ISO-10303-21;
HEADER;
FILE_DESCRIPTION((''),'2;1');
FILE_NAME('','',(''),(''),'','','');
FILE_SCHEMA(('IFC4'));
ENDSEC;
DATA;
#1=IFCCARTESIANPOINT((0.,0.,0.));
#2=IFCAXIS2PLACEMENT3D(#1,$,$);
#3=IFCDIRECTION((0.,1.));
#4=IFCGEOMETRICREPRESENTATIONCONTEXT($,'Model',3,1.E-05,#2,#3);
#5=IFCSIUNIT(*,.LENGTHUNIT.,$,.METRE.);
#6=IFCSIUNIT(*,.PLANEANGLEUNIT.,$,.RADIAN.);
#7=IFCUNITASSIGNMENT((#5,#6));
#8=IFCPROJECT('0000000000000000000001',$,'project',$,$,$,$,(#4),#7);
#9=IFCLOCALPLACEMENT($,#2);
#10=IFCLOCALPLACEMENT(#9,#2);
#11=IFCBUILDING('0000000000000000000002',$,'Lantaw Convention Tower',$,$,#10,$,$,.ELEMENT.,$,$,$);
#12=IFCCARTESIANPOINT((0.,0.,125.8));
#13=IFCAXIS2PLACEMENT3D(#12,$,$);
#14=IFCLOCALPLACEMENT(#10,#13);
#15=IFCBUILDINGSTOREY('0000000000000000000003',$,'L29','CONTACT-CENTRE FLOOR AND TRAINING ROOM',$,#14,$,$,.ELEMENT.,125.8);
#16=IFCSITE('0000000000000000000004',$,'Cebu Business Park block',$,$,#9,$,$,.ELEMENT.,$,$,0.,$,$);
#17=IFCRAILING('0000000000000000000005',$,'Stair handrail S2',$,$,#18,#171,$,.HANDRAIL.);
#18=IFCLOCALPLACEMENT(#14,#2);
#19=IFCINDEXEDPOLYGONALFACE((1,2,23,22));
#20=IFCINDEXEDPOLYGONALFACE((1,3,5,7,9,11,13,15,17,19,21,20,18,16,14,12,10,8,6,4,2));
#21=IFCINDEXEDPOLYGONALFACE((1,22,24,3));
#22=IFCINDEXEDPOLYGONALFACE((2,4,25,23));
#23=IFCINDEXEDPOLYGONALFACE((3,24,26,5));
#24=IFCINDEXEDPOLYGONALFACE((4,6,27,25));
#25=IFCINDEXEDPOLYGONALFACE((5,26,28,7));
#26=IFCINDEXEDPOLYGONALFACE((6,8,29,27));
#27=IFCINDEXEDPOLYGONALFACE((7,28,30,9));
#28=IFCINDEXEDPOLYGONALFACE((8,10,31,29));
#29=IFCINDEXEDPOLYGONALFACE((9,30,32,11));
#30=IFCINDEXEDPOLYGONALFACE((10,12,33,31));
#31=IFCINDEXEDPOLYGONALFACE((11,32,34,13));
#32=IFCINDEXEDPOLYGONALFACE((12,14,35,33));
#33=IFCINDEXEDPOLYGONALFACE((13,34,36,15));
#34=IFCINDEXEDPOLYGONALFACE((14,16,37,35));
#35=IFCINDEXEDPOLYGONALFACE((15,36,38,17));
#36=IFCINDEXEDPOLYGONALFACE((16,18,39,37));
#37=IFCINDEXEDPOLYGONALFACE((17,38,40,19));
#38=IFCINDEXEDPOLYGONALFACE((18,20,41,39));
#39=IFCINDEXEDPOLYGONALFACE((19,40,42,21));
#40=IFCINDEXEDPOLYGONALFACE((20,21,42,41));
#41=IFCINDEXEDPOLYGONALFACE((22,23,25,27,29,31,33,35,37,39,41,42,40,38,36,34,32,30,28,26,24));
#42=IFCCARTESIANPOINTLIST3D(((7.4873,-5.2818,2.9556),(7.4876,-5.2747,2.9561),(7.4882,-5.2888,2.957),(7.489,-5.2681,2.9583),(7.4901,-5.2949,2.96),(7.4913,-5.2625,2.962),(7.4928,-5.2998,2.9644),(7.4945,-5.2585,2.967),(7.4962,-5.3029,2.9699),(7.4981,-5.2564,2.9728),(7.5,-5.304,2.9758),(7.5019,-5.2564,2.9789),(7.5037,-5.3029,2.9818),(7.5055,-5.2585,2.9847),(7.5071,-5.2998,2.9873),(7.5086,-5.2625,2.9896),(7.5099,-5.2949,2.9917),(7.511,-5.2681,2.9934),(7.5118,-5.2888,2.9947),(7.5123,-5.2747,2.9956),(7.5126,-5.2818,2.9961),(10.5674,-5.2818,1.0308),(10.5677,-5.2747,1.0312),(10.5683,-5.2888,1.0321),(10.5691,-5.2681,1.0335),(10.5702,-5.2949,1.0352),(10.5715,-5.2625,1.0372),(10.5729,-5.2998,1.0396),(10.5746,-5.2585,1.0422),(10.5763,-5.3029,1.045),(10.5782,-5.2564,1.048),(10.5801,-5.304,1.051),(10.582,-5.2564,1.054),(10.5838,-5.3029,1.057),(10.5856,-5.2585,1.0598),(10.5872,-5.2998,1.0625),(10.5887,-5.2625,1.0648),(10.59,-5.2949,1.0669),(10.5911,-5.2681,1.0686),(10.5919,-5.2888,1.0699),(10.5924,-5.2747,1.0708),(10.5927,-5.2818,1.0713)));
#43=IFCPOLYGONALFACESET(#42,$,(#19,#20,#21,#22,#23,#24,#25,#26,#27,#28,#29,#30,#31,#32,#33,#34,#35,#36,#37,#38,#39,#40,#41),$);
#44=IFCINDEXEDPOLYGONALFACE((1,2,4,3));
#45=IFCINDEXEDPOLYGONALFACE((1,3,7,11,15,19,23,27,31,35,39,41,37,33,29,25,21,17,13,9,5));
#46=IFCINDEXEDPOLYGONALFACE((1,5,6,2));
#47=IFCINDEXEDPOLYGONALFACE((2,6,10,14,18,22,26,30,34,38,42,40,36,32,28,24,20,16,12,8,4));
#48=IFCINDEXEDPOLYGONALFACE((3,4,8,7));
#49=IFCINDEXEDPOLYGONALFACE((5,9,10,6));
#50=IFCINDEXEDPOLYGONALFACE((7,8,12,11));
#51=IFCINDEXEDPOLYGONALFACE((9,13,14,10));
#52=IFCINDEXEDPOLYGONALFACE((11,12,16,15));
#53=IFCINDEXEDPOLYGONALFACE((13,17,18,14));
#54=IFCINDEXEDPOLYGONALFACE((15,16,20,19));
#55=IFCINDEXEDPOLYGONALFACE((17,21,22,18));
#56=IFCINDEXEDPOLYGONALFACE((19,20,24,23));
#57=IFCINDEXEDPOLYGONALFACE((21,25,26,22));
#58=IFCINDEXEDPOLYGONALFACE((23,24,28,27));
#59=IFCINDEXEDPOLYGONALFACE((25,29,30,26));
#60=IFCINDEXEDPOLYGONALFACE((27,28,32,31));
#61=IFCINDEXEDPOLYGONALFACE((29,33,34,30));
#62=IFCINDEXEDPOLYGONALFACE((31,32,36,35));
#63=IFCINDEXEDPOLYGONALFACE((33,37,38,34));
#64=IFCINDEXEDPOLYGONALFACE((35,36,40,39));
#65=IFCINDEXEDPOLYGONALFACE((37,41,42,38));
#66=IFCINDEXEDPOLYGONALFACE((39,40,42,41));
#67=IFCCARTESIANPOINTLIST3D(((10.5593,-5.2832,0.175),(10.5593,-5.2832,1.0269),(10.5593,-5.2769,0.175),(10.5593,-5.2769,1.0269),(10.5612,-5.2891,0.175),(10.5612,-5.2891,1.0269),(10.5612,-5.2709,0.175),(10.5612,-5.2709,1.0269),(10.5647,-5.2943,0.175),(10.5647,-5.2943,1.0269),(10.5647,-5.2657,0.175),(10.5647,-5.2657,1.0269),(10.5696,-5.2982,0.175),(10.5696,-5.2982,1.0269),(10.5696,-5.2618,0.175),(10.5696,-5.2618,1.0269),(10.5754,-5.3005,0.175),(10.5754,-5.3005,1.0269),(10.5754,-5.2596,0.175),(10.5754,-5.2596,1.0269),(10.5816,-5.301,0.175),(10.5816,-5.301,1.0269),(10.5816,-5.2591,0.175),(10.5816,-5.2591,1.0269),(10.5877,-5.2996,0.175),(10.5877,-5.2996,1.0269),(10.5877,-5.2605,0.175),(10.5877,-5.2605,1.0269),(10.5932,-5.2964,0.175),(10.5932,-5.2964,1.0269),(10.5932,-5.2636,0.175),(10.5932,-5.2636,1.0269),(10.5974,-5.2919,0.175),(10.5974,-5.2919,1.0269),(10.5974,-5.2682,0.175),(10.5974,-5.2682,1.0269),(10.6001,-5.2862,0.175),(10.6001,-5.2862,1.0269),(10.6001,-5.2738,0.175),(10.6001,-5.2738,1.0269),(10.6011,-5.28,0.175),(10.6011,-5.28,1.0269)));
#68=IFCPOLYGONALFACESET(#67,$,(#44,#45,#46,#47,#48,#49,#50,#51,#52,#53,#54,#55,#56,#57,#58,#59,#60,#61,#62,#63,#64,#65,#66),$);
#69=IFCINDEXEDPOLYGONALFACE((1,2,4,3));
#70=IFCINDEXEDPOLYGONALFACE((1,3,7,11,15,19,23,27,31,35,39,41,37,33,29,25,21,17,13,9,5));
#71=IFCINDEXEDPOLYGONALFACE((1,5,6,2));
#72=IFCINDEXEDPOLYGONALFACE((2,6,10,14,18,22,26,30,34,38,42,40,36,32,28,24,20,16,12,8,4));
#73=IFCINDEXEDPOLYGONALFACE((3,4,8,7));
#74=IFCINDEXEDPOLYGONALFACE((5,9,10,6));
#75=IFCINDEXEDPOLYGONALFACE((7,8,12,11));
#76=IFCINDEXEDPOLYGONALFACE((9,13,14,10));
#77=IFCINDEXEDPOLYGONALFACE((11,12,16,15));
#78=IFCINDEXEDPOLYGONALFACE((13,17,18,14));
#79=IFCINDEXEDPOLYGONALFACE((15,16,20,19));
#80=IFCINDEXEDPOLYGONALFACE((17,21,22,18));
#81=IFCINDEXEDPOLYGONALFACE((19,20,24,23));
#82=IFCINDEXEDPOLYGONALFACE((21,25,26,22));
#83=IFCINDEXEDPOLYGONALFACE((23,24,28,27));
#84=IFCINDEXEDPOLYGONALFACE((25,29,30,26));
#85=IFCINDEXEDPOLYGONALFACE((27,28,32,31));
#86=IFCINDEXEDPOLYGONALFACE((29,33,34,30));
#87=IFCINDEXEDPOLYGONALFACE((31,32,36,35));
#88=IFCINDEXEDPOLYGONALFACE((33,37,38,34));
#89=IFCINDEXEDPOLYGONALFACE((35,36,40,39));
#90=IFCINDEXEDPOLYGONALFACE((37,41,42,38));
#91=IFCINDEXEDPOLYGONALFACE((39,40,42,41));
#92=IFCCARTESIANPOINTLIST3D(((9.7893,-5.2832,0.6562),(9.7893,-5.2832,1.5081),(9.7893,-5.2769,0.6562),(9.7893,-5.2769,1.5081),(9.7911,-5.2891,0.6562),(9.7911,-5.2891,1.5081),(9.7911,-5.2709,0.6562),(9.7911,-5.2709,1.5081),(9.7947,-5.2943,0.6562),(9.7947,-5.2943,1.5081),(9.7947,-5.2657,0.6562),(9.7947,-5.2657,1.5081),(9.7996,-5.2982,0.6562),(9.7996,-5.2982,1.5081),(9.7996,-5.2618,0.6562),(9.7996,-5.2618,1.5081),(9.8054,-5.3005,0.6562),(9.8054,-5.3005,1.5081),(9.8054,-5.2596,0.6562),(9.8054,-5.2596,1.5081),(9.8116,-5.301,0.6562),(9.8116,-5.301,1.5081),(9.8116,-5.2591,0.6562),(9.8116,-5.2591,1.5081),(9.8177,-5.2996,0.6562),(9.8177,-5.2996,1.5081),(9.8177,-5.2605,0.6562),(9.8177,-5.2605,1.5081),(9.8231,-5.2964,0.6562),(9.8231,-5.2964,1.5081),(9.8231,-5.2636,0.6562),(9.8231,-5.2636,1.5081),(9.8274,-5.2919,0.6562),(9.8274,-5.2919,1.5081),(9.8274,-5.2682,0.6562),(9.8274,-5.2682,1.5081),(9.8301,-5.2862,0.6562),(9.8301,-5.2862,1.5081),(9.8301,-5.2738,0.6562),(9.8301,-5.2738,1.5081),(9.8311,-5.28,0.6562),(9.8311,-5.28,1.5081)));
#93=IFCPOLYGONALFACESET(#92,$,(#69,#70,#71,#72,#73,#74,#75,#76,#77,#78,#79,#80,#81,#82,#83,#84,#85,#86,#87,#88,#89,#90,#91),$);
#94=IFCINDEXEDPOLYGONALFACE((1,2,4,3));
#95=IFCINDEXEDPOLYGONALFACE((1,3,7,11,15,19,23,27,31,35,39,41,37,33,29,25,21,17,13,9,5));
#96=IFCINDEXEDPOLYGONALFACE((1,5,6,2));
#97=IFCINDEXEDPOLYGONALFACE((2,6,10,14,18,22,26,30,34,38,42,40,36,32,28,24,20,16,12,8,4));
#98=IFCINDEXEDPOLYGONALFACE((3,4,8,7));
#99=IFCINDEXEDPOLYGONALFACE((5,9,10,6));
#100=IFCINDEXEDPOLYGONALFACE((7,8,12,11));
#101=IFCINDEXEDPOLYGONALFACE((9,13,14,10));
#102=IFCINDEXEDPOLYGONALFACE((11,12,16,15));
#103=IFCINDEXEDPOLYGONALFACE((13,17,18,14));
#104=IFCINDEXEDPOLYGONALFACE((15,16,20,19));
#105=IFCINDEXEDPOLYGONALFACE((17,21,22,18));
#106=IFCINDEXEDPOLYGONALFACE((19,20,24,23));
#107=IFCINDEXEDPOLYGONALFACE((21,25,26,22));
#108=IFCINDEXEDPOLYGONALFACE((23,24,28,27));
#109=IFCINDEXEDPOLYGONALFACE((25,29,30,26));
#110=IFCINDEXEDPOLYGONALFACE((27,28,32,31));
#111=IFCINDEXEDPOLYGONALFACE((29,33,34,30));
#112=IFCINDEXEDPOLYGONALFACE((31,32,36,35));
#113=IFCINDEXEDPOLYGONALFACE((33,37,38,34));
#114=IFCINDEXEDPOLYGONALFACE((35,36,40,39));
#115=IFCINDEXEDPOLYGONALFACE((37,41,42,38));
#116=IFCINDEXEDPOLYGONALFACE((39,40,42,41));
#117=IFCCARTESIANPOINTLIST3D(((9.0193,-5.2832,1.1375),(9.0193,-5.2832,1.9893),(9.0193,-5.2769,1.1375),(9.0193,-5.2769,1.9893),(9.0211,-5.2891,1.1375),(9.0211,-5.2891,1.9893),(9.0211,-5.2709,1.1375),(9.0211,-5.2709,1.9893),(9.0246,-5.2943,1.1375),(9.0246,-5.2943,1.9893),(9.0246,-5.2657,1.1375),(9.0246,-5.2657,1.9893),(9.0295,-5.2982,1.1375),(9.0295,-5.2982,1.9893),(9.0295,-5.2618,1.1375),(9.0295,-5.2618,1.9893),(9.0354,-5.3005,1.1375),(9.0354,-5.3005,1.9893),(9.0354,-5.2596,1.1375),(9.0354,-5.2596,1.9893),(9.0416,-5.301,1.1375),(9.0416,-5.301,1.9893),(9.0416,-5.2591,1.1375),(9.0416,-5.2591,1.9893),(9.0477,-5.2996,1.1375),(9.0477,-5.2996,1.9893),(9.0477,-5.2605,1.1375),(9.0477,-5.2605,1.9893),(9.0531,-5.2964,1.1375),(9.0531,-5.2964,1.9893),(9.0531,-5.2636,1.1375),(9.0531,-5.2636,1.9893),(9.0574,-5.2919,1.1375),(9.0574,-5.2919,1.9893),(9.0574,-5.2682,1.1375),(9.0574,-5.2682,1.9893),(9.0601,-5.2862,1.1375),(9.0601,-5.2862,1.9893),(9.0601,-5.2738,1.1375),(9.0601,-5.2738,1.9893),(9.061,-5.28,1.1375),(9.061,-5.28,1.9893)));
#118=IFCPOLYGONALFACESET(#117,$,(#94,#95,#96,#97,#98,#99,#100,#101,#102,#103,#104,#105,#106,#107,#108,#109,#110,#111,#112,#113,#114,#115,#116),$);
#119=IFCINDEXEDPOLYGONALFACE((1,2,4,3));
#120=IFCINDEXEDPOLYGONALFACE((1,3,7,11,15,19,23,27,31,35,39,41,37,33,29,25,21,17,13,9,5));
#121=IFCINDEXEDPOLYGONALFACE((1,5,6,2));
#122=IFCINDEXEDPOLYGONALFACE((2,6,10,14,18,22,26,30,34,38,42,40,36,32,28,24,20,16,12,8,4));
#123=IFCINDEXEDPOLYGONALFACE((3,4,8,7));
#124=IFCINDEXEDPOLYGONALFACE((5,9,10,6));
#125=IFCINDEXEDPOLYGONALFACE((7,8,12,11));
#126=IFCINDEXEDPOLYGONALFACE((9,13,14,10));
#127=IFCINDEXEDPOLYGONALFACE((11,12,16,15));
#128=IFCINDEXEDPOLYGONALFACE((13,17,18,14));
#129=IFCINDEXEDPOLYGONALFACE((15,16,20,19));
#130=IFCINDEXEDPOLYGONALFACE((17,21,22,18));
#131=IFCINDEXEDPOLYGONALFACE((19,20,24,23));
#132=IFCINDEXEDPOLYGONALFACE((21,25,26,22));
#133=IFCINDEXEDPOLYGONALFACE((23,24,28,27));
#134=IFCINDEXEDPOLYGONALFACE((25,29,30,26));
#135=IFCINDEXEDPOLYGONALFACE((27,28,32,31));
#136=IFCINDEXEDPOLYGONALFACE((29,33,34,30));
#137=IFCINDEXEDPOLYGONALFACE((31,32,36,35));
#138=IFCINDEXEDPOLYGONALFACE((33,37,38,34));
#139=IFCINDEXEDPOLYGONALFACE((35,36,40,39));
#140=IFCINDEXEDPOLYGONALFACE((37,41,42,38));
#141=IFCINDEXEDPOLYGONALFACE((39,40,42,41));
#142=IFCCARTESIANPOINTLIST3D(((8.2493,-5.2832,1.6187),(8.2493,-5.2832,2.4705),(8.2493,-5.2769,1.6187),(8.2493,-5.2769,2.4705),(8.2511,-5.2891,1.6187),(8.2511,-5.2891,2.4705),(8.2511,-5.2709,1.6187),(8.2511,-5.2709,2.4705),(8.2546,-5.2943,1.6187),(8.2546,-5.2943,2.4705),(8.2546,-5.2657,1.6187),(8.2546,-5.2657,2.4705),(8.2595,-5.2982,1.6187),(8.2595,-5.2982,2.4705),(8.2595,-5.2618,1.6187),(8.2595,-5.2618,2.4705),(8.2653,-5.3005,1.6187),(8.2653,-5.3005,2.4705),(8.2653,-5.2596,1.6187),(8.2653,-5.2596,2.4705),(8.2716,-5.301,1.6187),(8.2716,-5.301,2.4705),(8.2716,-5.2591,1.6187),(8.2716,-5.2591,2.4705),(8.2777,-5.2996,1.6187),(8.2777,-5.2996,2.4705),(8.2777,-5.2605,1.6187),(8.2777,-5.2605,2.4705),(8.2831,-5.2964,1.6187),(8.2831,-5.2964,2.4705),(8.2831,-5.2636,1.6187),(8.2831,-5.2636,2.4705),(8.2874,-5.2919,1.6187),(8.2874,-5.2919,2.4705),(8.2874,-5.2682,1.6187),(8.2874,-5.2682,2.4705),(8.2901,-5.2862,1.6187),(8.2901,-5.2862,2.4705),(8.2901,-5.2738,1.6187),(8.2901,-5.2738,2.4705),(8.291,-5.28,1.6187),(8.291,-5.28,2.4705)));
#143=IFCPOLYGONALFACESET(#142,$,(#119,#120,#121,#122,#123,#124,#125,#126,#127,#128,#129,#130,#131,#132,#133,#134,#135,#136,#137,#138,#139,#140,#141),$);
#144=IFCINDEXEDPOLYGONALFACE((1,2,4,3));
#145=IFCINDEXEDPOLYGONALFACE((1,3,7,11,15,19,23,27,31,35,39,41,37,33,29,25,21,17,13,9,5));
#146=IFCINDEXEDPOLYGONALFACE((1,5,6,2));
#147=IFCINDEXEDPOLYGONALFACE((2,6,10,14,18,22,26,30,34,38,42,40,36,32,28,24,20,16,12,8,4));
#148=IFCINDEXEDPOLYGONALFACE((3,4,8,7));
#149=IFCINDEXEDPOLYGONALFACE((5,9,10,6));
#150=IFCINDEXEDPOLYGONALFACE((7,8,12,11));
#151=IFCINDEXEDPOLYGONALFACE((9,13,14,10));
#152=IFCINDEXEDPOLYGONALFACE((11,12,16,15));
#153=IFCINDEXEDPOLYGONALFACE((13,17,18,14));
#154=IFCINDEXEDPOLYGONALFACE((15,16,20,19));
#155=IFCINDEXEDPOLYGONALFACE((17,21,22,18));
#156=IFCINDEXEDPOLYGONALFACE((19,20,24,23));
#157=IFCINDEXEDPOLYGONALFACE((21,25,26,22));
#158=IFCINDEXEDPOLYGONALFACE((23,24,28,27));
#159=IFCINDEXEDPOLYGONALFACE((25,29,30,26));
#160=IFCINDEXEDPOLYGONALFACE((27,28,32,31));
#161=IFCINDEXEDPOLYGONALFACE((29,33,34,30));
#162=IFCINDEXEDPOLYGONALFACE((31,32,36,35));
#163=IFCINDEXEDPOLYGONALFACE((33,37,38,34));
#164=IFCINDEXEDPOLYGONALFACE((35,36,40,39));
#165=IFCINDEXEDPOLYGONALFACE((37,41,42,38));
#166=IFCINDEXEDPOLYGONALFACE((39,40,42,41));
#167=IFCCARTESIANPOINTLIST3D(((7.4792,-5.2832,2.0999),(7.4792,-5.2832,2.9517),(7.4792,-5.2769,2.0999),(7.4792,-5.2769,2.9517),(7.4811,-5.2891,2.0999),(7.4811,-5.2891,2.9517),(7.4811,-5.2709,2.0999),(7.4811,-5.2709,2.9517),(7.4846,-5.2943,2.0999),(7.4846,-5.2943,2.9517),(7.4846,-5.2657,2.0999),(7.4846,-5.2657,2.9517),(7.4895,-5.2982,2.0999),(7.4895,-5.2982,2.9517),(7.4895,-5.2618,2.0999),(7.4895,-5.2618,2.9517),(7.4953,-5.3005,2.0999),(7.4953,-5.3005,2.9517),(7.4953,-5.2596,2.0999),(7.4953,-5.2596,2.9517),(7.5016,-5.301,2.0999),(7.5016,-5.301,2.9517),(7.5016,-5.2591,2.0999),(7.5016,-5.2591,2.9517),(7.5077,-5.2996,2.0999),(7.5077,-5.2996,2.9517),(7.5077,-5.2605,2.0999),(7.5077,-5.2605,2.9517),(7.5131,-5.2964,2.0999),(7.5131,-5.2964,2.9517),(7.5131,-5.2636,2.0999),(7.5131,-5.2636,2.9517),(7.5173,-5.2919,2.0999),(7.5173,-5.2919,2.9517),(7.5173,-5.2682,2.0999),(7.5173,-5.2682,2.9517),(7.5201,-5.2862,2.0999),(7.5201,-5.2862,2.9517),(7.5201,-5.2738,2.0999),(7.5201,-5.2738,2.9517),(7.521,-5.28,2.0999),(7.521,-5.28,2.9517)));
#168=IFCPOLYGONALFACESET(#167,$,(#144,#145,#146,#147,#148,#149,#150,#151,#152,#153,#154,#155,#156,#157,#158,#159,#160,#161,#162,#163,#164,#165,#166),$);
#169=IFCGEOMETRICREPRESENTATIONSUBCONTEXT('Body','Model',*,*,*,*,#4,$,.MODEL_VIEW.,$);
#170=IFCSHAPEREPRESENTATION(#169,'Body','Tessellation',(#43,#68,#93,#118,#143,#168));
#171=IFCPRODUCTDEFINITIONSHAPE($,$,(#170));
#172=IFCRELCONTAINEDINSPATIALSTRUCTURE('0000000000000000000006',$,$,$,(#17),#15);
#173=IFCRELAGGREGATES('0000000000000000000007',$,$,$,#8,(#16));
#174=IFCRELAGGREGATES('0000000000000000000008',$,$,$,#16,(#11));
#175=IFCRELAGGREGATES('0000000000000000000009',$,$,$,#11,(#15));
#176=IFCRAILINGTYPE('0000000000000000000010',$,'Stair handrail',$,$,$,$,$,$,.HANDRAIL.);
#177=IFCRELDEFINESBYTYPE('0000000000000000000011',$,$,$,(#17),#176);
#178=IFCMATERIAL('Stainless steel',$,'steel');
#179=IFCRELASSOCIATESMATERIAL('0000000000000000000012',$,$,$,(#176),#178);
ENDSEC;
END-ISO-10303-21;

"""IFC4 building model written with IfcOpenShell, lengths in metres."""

from ifc_helpers import new_model, si_unit, direction, frame, origin, origin_2d, place, context, subcontext, project, spatial, circle, extrude, material, type_object, element, save


model = new_model("IFC4")

# Units and contexts
model_context = context("Model", 3, precision=1e-05, world=origin(), true_north=direction((0.0, 1.0)))
body_context = subcontext(model_context, "Body", "Model", "MODEL_VIEW")
ifc_project = project(units=[si_unit("LENGTHUNIT", "METRE"), si_unit("PLANEANGLEUNIT", "RADIAN")], contexts=[model_context])

# Site, building, storey
site_placement = place(None, origin())
site = spatial("IfcSite", under=ifc_project, at=site_placement, Name="Cebu Business Park block", CompositionType="ELEMENT", RefElevation=0.0)
building_placement = place(site_placement, origin())
building = spatial("IfcBuilding", under=site, at=building_placement, Name="Lantaw Convention Tower", CompositionType="ELEMENT")
storey_placement = place(building_placement, frame((0.0, 0.0, 125.8)))
storey = spatial("IfcBuildingStorey", under=building, at=storey_placement, Name="L29", Description="CONTACT-CENTRE FLOOR AND TRAINING ROOM", CompositionType="ELEMENT", Elevation=125.8)

# Railing
ifc_material_1 = material(Name="Stainless steel", Category="steel")
railing_type = type_object("IfcRailingType", Name="Stair handrail", PredefinedType="HANDRAIL", material=ifc_material_1)
railing_1_placement = place(storey_placement, frame((10.5801, -5.28, 0.175)))
element("IfcRailing", 1, at=railing_1_placement, inside=storey, type_object=railing_type, Name="Stair handrail S2", PredefinedType="HANDRAIL", context=body_context, shape_type="SweptSolid", body=[
    extrude(circle(Radius=0.0239, at=origin_2d()), frame((0.0, 0.0, 0.876), z_axis=(-0.848029, 0.0, 0.529951), x_axis=(0.0, -1.0, 0.0)), (0.0, 0.0, 1.0), 3.6321),
    extrude(circle(Radius=0.021, at=origin_2d()), origin(), (0.0, 0.0, 1.0), 0.8518),
    extrude(circle(Radius=0.021, at=origin_2d()), frame((-0.77, 0.0, 0.4812)), (0.0, 0.0, 1.0), 0.8518),
    extrude(circle(Radius=0.021, at=origin_2d()), frame((-1.54, 0.0, 0.9624)), (0.0, 0.0, 1.0), 0.8518),
    extrude(circle(Radius=0.021, at=origin_2d()), frame((-2.3101, 0.0, 1.4436)), (0.0, 0.0, 1.0), 0.8518),
    extrude(circle(Radius=0.021, at=origin_2d()), frame((-3.0801, 0.0, 1.9248)), (0.0, 0.0, 1.0), 0.8518),
])

save(model, "model.ifc")
